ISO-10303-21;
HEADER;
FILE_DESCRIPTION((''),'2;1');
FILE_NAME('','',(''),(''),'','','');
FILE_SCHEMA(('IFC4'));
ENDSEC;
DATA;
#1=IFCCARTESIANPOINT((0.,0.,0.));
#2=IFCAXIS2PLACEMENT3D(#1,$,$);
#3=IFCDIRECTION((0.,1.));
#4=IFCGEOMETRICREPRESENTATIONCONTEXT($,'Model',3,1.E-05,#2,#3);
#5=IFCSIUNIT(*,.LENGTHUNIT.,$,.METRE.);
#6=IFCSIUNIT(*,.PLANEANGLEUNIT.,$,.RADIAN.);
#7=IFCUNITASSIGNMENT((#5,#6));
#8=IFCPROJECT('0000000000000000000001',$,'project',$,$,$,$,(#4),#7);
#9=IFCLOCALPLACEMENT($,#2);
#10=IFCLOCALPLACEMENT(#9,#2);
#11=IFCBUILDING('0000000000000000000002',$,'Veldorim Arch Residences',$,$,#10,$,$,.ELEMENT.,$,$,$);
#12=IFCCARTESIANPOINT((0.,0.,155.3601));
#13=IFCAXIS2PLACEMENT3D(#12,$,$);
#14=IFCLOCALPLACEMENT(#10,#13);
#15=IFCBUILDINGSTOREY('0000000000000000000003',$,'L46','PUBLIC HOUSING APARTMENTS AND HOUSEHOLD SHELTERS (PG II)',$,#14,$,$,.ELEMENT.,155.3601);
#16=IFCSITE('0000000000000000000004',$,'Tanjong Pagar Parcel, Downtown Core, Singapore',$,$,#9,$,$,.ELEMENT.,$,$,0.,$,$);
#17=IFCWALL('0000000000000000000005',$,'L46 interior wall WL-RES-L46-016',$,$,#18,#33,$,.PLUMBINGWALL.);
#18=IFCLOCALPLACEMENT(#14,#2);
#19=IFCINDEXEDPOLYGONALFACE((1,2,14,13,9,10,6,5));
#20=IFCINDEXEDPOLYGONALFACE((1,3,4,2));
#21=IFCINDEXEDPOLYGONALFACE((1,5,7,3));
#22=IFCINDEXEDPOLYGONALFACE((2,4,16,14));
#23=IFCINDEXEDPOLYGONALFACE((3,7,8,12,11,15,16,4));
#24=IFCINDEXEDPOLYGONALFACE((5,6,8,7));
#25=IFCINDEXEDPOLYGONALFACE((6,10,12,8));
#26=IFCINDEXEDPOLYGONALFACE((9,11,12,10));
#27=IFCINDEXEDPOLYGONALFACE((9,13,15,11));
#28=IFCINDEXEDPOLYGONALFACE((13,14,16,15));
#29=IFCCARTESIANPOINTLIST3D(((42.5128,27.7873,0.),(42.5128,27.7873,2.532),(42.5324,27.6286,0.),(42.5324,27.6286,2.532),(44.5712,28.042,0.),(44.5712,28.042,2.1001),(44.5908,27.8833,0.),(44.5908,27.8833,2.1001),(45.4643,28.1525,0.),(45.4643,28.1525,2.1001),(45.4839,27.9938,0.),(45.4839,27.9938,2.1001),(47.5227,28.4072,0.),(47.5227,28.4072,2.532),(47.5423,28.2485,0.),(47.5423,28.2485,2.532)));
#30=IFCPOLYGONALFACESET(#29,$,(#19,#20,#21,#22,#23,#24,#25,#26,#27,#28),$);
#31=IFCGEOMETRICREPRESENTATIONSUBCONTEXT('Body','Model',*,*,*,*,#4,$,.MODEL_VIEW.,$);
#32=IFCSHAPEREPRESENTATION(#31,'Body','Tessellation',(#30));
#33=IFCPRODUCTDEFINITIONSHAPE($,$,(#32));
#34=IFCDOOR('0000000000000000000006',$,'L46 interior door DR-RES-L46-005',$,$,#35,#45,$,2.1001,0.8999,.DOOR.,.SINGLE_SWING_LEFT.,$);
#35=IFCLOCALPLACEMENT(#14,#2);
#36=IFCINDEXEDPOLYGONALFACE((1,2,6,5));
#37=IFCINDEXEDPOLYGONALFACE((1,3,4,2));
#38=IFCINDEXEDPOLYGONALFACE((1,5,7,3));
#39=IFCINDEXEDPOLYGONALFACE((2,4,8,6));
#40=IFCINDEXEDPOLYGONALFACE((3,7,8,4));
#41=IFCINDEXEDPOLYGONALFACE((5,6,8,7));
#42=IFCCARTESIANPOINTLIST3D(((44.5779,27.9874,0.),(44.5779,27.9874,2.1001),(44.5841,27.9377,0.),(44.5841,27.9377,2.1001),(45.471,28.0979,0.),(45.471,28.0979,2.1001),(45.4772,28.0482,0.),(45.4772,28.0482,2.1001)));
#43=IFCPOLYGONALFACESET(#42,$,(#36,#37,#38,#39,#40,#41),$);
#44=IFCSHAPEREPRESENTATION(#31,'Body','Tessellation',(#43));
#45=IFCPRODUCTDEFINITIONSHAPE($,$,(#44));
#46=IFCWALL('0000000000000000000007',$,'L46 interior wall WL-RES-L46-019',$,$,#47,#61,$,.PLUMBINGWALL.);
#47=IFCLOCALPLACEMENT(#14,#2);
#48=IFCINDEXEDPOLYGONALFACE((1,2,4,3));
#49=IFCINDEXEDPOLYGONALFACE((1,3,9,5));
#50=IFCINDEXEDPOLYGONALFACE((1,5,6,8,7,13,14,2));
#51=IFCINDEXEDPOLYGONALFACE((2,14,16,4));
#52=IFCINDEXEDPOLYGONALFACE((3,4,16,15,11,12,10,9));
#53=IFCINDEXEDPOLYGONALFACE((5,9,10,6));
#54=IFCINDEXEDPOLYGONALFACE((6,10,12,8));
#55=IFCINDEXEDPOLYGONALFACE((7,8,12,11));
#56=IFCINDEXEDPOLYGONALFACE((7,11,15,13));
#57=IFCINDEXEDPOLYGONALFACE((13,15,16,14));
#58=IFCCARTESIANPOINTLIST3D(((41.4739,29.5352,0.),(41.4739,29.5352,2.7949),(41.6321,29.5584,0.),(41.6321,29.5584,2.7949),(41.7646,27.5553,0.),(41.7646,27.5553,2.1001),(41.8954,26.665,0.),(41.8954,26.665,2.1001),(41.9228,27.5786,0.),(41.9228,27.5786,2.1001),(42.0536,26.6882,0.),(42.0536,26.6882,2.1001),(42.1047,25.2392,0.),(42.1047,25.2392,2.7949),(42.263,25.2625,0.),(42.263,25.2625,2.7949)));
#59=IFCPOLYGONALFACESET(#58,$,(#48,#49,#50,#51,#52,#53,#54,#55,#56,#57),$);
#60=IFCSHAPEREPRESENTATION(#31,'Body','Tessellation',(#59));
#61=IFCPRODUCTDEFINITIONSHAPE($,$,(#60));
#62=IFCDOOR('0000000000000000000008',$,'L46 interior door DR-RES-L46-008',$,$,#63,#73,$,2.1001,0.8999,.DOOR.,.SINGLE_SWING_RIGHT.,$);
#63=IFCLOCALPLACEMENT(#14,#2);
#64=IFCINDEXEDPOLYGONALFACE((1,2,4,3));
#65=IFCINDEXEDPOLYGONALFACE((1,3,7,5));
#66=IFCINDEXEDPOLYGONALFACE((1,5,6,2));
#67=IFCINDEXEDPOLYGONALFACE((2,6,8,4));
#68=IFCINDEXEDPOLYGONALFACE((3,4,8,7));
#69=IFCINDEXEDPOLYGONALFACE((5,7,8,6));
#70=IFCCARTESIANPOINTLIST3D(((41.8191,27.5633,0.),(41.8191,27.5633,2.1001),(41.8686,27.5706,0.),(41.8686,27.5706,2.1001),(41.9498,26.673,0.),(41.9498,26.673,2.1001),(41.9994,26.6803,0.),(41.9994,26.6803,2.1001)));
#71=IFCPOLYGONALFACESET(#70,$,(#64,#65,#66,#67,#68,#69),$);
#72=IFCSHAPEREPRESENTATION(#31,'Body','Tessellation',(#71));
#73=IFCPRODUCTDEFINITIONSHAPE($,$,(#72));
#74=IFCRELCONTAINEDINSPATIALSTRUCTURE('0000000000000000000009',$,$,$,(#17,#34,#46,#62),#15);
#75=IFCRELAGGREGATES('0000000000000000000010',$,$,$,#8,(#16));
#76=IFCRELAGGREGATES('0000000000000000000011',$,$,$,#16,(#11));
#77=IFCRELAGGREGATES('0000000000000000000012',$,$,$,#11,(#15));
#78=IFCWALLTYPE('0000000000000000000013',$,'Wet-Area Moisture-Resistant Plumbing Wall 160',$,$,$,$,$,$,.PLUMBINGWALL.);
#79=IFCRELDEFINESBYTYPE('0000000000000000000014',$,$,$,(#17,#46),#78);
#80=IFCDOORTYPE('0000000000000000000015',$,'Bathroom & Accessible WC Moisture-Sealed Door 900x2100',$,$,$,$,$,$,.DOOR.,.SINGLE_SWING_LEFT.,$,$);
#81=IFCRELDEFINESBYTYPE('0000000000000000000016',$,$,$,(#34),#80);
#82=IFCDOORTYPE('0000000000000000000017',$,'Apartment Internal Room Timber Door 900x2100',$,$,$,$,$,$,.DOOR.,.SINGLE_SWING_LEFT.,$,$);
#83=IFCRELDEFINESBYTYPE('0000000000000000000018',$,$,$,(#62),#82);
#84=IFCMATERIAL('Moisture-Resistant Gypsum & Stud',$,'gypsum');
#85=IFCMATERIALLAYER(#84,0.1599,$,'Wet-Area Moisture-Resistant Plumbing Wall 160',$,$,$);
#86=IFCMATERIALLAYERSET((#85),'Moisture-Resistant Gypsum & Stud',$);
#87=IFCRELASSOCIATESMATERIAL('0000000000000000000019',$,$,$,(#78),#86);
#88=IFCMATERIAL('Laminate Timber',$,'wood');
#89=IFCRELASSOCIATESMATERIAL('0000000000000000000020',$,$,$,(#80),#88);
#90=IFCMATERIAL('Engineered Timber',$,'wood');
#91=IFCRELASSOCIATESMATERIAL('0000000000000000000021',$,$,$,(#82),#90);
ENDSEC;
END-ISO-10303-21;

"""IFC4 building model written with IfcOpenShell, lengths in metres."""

from ifc_helpers import new_model, si_unit, direction, frame, frame_2d, origin, place, context, subcontext, project, spatial, rectangle, extrude, material, layer, layer_set, type_object, element, fill, save


model = new_model("IFC4")

# Units and contexts
model_context = context("Model", 3, precision=1e-05, world=origin(), true_north=direction((0.0, 1.0)))
body_context = subcontext(model_context, "Body", "Model", "MODEL_VIEW")
ifc_project = project(units=[si_unit("LENGTHUNIT", "METRE"), si_unit("PLANEANGLEUNIT", "RADIAN")], contexts=[model_context])

# Site, building, storey
site_placement = place(None, origin())
site = spatial("IfcSite", under=ifc_project, at=site_placement, Name="Tanjong Pagar Parcel, Downtown Core, Singapore", CompositionType="ELEMENT", RefElevation=0.0)
building_placement = place(site_placement, origin())
building = spatial("IfcBuilding", under=site, at=building_placement, Name="Veldorim Arch Residences", CompositionType="ELEMENT")
storey_placement = place(building_placement, frame((0.0, 0.0, 155.3601)))
storey = spatial("IfcBuildingStorey", under=building, at=storey_placement, Name="L46", Description="PUBLIC HOUSING APARTMENTS AND HOUSEHOLD SHELTERS (PG II)", CompositionType="ELEMENT", Elevation=155.3601)

# Shared definitions
ifc_material_1 = material(Name="Moisture-Resistant Gypsum & Stud", Category="gypsum")
ifc_layer_1 = layer(ifc_material_1, 0.1599, Name="Wet-Area Moisture-Resistant Plumbing Wall 160")
ifc_layer_set_1 = layer_set([ifc_layer_1], Name="Moisture-Resistant Gypsum & Stud")
wall_type_1 = type_object("IfcWallType", Name="Wet-Area Moisture-Resistant Plumbing Wall 160", PredefinedType="PLUMBINGWALL", material=ifc_layer_set_1)

# Walls, openings, doors
wall_1_placement = place(storey_placement, frame((42.5227, 27.708, 0.0), z_axis=(0.0, 0.0, 1.0), x_axis=(0.992433, 0.122791, 0.0)))
wall_1 = element("IfcWall", 1, at=wall_1_placement, inside=storey, type_object=wall_type_1, Name="L46 interior wall WL-RES-L46-016", PredefinedType="PLUMBINGWALL", context=body_context, shape_type="SweptSolid", body=[
    extrude(rectangle(XDim=5.0481, YDim=0.1599, at=frame_2d((2.5239, 0.0))), origin(), (0.0, 0.0, 1.0), 2.532),
])
opening_1_placement = place(wall_1_placement, frame((2.074, 0.0, 0.0)))
opening_1 = element("IfcOpeningElement", 2, at=opening_1_placement, cuts=wall_1, PredefinedType="OPENING", context=body_context, shape_type="SweptSolid", body=[
    extrude(rectangle(XDim=0.8999, YDim=2.1001, at=frame_2d((0.45, 1.05))), frame((0.0, 0.0898, 0.0), z_axis=(0.0, -1.0, 0.0), x_axis=(1.0, 0.0, 0.0)), (0.0, 0.0, 1.0), 0.1799),
])
ifc_material_2 = material(Name="Laminate Timber", Category="wood")
door_type_1 = type_object("IfcDoorType", Name="Bathroom & Accessible WC Moisture-Sealed Door 900x2100", OperationType="SINGLE_SWING_LEFT", PredefinedType="DOOR", material=ifc_material_2)
door_1_placement = place(opening_1_placement, origin())
door_1 = element("IfcDoor", 3, at=door_1_placement, inside=storey, type_object=door_type_1, Name="L46 interior door DR-RES-L46-005", OperationType="SINGLE_SWING_LEFT", OverallHeight=2.1001, OverallWidth=0.8999, PredefinedType="DOOR", context=body_context, shape_type="SweptSolid", body=[
    extrude(rectangle(XDim=0.8999, YDim=2.1001, at=frame_2d((0.45, 1.05))), frame((0.0, 0.0249, 0.0), z_axis=(0.0, -1.0, 0.0), x_axis=(1.0, 0.0, 0.0)), (0.0, 0.0, 1.0), 0.05),
])
fill(opening_1, door_1)
wall_2_placement = place(storey_placement, frame((42.1838, 25.251, 0.0), z_axis=(0.0, 0.0, 1.0), x_axis=(-0.145293, 0.989389, 0.0)))
wall_2 = element("IfcWall", 4, at=wall_2_placement, inside=storey, type_object=wall_type_1, Name="L46 interior wall WL-RES-L46-019", PredefinedType="PLUMBINGWALL", context=body_context, shape_type="SweptSolid", body=[
    extrude(rectangle(XDim=4.342, YDim=0.1599, at=frame_2d((2.1709, 0.0))), origin(), (0.0, 0.0, 1.0), 2.7949),
])
opening_2_placement = place(wall_2_placement, frame((1.4409, 0.0, 0.0)))
opening_2 = element("IfcOpeningElement", 5, at=opening_2_placement, cuts=wall_2, PredefinedType="OPENING", context=body_context, shape_type="SweptSolid", body=[
    extrude(rectangle(XDim=0.8999, YDim=2.1001, at=frame_2d((0.45, 1.05))), frame((0.0, 0.0898, 0.0), z_axis=(0.0, -1.0, 0.0), x_axis=(1.0, 0.0, 0.0)), (0.0, 0.0, 1.0), 0.1799),
])
ifc_material_3 = material(Name="Engineered Timber", Category="wood")
door_type_2 = type_object("IfcDoorType", Name="Apartment Internal Room Timber Door 900x2100", OperationType="SINGLE_SWING_LEFT", PredefinedType="DOOR", material=ifc_material_3)
door_2_placement = place(opening_2_placement, origin())
door_2 = element("IfcDoor", 6, at=door_2_placement, inside=storey, type_object=door_type_2, Name="L46 interior door DR-RES-L46-008", OperationType="SINGLE_SWING_RIGHT", OverallHeight=2.1001, OverallWidth=0.8999, PredefinedType="DOOR", context=body_context, shape_type="SweptSolid", body=[
    extrude(rectangle(XDim=0.8999, YDim=2.1001, at=frame_2d((0.45, 1.05))), frame((0.0, 0.0249, 0.0), z_axis=(0.0, -1.0, 0.0), x_axis=(1.0, 0.0, 0.0)), (0.0, 0.0, 1.0), 0.05),
])
fill(opening_2, door_2)

save(model, "model.ifc")
